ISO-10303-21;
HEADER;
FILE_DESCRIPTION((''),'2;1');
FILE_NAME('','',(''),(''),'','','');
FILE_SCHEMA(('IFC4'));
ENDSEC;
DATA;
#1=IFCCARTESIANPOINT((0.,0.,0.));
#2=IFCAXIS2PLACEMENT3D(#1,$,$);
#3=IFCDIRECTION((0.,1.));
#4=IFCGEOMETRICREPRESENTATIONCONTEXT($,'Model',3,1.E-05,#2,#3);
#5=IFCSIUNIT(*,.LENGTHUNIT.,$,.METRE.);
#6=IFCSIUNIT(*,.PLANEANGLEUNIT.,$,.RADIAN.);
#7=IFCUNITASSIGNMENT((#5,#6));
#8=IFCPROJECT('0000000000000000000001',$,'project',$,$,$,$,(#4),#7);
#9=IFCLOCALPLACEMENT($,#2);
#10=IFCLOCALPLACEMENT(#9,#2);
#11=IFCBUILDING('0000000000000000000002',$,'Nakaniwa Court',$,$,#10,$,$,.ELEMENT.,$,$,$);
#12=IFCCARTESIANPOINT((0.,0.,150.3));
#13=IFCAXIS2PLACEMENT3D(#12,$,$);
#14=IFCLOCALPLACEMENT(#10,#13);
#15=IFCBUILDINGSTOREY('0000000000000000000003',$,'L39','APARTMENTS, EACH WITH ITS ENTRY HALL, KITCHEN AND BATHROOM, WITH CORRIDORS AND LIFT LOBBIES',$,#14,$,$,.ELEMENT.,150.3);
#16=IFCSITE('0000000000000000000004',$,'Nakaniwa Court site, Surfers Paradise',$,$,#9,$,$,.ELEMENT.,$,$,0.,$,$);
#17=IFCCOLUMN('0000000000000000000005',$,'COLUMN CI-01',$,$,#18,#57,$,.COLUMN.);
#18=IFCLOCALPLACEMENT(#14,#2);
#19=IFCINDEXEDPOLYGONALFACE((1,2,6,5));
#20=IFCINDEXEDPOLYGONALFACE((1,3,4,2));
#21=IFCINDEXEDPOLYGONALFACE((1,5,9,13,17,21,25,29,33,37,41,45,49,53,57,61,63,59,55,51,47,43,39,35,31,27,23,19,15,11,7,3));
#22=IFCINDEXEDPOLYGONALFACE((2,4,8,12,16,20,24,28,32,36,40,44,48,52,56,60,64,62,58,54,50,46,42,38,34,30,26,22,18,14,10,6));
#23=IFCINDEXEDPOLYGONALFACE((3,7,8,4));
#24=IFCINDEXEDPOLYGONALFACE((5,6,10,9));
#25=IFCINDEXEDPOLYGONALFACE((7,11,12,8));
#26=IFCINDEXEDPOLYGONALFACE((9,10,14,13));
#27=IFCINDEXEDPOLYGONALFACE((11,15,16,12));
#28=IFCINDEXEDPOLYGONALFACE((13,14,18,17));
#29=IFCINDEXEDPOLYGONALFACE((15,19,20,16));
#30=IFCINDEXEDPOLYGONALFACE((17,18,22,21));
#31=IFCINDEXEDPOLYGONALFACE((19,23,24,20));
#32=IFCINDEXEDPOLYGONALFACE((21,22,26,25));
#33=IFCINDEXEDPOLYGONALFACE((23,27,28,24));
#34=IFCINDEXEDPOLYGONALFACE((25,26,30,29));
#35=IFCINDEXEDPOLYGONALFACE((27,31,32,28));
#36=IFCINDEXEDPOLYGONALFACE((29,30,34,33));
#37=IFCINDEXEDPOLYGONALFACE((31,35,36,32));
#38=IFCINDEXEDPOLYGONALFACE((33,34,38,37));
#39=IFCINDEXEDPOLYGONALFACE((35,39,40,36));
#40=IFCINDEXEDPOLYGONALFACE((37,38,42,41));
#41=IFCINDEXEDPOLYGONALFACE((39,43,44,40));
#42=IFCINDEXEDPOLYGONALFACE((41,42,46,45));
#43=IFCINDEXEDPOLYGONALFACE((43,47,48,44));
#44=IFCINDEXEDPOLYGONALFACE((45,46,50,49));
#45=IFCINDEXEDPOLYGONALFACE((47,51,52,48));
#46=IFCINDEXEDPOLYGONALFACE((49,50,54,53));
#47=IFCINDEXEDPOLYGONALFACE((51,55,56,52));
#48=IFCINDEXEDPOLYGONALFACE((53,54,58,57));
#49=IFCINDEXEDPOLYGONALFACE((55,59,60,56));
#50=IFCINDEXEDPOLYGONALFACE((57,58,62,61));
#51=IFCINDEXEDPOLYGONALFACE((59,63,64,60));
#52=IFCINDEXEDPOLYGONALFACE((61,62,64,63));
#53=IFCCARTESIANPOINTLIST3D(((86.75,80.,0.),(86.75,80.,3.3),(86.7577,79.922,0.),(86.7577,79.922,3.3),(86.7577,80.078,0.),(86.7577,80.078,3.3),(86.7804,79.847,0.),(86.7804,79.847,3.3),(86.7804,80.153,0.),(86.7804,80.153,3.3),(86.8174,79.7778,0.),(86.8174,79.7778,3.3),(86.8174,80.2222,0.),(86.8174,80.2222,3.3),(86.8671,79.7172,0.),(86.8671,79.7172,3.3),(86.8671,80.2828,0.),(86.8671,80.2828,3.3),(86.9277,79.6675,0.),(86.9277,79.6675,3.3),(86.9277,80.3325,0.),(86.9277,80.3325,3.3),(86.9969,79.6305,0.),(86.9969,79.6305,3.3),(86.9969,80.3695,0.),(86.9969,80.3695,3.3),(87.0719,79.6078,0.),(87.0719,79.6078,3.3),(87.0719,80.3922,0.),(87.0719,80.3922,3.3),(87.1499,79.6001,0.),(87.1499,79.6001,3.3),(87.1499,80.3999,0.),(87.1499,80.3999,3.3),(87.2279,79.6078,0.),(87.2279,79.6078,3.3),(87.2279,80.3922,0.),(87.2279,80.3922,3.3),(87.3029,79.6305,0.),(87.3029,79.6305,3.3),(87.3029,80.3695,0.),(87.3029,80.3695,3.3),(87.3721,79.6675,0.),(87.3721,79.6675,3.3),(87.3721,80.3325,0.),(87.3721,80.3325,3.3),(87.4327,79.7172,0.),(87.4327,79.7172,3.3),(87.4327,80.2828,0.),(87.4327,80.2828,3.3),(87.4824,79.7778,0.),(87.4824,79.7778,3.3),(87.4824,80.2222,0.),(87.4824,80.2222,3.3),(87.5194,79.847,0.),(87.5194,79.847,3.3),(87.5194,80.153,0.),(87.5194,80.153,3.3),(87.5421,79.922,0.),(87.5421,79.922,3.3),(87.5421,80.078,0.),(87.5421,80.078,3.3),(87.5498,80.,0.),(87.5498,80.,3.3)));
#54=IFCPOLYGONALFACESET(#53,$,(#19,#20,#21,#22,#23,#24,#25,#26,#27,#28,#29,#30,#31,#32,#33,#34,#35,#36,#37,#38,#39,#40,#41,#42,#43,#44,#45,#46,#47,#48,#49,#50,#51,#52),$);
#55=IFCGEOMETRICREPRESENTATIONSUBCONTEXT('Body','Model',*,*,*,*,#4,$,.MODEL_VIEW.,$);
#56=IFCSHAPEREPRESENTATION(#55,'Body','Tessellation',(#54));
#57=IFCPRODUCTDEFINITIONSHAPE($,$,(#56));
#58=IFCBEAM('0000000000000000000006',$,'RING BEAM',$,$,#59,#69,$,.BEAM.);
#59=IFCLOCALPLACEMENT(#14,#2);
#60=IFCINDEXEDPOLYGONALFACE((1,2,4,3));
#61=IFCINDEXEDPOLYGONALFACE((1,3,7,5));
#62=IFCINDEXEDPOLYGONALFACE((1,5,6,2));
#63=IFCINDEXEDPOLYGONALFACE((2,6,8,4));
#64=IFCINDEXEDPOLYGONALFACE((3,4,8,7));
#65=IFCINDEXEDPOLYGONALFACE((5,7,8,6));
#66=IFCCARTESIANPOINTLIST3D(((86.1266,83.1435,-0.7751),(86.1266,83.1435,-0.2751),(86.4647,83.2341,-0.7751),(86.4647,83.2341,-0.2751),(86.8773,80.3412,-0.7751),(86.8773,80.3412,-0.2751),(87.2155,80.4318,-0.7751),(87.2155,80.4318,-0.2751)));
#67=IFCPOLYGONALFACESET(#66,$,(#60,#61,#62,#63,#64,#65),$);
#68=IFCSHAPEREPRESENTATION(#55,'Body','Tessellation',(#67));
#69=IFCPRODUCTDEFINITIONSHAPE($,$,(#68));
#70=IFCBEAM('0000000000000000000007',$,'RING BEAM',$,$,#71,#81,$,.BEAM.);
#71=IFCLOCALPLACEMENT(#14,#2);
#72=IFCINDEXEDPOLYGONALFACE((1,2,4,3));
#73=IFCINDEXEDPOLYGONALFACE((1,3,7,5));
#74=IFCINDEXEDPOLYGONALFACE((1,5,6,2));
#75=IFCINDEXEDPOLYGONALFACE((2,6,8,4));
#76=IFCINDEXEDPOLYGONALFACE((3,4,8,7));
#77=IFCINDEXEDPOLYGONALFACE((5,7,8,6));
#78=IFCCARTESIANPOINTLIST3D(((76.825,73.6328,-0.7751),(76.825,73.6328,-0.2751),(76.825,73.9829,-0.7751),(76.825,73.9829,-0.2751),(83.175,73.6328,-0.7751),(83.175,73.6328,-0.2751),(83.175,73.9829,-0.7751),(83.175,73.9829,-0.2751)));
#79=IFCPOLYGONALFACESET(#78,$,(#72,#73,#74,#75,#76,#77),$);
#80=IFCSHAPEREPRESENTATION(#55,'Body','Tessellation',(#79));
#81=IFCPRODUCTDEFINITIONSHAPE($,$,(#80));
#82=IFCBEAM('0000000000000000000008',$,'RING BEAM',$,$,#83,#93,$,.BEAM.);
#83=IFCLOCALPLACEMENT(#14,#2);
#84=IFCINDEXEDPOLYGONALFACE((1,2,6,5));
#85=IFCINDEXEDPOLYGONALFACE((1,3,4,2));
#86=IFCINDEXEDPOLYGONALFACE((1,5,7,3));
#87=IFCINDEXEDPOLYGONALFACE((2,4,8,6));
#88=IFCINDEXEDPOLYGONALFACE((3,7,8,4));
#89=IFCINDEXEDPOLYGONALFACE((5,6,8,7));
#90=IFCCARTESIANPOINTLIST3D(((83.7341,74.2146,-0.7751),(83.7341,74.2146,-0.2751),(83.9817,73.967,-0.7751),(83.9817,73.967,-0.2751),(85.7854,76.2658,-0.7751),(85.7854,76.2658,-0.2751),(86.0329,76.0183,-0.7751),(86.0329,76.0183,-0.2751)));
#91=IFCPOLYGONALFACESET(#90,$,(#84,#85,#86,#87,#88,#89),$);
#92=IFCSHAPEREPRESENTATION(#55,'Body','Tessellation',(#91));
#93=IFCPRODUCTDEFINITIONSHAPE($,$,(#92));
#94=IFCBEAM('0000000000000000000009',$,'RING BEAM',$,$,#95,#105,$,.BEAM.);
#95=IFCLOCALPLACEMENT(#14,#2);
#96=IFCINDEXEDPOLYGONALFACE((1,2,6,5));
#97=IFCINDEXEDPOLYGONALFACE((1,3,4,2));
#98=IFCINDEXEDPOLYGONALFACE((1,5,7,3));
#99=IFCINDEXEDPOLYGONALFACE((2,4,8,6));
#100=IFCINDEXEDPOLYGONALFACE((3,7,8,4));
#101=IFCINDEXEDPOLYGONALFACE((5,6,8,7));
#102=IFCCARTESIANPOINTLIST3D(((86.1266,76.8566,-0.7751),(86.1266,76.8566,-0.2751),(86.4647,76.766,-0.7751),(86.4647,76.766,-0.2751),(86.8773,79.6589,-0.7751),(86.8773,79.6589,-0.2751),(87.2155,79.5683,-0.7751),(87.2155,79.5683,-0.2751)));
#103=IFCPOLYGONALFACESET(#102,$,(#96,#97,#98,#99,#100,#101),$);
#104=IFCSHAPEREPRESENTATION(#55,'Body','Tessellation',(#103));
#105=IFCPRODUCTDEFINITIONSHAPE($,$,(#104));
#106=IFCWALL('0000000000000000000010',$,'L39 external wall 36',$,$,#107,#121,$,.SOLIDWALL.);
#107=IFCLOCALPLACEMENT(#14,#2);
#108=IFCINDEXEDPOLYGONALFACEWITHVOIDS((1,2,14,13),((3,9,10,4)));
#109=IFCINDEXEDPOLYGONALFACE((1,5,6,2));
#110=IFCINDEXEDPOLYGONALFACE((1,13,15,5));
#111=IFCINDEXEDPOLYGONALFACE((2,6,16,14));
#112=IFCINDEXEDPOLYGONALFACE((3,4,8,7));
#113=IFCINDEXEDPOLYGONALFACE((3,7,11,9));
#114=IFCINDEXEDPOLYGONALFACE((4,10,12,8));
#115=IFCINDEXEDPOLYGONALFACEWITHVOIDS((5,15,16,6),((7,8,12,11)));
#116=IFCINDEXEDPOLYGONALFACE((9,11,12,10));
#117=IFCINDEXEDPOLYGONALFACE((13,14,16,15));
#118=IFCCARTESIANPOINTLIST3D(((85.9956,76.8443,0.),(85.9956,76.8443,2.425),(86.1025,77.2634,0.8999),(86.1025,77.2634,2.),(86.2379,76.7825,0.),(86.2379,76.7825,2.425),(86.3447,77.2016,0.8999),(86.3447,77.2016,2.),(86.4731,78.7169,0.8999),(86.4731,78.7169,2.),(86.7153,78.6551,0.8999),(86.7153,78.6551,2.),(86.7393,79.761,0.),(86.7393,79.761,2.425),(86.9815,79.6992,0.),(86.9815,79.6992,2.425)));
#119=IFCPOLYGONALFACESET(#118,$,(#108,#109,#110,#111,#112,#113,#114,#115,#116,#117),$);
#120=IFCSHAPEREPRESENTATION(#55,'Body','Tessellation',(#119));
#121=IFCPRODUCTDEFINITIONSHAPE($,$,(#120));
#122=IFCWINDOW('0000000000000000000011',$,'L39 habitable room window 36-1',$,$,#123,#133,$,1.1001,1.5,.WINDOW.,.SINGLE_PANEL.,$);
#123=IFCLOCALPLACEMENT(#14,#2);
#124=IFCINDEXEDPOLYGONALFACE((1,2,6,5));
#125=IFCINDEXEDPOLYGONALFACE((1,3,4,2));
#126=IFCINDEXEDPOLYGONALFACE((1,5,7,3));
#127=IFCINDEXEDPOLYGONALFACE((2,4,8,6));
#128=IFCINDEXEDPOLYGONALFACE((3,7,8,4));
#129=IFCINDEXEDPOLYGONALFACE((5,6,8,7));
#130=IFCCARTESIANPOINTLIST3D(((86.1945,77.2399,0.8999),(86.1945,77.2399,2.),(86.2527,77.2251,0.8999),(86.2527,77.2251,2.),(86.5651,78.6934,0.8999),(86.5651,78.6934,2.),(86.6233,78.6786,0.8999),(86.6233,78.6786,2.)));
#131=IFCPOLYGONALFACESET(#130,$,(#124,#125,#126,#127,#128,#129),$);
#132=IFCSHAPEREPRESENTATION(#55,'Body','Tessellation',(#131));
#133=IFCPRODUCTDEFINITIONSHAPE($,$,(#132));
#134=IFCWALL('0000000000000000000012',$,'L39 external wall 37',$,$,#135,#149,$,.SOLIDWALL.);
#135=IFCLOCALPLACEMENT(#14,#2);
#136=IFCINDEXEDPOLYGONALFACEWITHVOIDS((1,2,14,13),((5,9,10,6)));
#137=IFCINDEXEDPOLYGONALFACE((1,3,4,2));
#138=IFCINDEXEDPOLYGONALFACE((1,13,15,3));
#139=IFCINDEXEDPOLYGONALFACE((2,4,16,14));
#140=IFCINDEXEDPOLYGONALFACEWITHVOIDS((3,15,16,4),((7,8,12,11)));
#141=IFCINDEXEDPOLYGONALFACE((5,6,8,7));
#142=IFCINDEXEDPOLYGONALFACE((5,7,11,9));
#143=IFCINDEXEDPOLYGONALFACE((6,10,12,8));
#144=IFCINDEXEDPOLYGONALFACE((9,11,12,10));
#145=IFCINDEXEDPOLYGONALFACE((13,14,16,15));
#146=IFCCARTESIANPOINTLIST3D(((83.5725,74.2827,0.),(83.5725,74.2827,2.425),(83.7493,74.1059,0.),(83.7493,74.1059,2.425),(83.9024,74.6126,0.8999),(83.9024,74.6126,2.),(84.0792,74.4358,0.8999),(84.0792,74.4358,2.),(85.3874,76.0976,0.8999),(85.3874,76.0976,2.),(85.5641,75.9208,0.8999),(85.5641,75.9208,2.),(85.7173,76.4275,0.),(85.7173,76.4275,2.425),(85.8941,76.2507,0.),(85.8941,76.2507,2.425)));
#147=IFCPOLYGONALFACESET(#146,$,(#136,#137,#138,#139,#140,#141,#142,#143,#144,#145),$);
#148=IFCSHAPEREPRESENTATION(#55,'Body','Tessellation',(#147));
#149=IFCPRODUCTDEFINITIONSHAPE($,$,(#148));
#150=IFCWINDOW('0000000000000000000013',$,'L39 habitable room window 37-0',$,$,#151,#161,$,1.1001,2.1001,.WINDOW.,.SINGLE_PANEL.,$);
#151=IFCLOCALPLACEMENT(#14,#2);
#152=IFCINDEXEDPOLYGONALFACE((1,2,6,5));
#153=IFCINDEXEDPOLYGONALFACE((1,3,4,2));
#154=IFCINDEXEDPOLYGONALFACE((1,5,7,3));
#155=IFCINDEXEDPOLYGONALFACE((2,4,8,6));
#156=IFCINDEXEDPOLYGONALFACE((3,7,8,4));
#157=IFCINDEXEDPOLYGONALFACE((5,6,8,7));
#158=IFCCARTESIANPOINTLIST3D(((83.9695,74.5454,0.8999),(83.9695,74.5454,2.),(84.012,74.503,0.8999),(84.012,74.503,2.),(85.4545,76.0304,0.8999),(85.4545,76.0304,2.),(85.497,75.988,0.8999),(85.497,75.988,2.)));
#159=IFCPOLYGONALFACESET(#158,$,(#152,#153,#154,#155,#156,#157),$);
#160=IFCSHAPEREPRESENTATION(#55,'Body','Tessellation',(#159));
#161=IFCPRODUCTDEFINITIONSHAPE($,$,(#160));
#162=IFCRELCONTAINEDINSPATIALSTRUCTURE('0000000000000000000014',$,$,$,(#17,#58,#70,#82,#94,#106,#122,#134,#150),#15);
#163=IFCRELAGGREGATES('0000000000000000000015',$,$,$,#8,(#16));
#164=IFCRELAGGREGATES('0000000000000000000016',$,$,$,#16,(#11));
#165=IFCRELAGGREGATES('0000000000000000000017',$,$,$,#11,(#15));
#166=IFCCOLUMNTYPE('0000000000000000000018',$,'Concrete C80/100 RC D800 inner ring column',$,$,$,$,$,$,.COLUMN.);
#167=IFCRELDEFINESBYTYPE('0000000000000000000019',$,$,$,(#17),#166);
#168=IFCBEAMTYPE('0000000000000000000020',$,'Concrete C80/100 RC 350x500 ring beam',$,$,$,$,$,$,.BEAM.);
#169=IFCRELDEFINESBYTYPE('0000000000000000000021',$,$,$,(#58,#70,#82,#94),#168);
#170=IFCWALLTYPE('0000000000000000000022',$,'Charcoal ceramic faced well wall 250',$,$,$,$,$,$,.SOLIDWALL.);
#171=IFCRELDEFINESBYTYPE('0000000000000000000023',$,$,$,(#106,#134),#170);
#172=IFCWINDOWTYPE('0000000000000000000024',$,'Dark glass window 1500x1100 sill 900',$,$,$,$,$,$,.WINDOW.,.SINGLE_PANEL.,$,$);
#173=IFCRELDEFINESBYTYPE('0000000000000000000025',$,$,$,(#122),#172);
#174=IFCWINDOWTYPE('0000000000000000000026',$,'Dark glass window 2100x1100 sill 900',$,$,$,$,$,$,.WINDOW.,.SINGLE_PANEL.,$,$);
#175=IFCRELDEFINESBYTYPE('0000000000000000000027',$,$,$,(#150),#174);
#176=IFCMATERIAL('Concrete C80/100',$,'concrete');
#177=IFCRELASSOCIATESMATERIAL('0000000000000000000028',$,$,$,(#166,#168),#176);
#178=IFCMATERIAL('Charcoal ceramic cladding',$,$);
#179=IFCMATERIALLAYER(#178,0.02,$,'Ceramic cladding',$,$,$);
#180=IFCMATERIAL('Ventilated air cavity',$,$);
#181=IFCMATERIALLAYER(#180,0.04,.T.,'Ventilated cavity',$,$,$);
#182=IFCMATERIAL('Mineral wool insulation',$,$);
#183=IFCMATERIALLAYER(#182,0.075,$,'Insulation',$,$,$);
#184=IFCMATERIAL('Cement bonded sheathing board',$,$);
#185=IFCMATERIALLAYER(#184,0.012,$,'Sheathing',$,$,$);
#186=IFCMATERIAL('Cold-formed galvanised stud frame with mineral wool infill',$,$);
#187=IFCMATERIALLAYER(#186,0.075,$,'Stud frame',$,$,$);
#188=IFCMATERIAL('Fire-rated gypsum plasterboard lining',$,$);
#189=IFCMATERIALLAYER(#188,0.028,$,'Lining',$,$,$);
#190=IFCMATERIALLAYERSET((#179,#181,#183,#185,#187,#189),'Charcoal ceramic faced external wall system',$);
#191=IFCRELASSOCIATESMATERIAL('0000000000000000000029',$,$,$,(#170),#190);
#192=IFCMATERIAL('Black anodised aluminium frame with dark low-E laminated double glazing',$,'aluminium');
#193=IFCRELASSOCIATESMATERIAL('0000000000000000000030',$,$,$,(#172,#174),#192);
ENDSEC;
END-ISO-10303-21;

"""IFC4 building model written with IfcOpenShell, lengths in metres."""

from ifc_helpers import new_model, si_unit, direction, frame, frame_2d, origin, origin_2d, place, context, subcontext, project, spatial, rectangle, circle, extrude, material, layer, layer_set, material_profile, profile_set, type_object, element, fill, save


model = new_model("IFC4")

# Units and contexts
model_context = context("Model", 3, precision=1e-05, world=origin(), true_north=direction((0.0, 1.0)))
body_context = subcontext(model_context, "Body", "Model", "MODEL_VIEW")
ifc_project = project(units=[si_unit("LENGTHUNIT", "METRE"), si_unit("PLANEANGLEUNIT", "RADIAN")], contexts=[model_context])

# Site, building, storey
site_placement = place(None, origin())
site = spatial("IfcSite", under=ifc_project, at=site_placement, Name="Nakaniwa Court site, Surfers Paradise", CompositionType="ELEMENT", RefElevation=0.0)
building_placement = place(site_placement, origin())
building = spatial("IfcBuilding", under=site, at=building_placement, Name="Nakaniwa Court", CompositionType="ELEMENT")
storey_placement = place(building_placement, frame((0.0, 0.0, 150.3)))
storey = spatial("IfcBuildingStorey", under=building, at=storey_placement, Name="L39", Description="APARTMENTS, EACH WITH ITS ENTRY HALL, KITCHEN AND BATHROOM, WITH CORRIDORS AND LIFT LOBBIES", CompositionType="ELEMENT", Elevation=150.3)

# Column
ifc_material_1 = material(Name="Concrete C80/100", Category="concrete")
ifc_material_profile_1 = material_profile(ifc_material_1, circle(Radius=0.3999, at=origin_2d()), Name="Concrete C80/100 RC D800 inner ring column")
ifc_profile_set_1 = profile_set([ifc_material_profile_1], Name="Concrete C80/100")
column_type = type_object("IfcColumnType", Name="Concrete C80/100 RC D800 inner ring column", PredefinedType="COLUMN", material=ifc_profile_set_1)
for number, where, z_axis, x_axis, name in (
    (1, (87.1499, 80.0, 0.0), (0.0, 0.0, 1.0), (0.0, 1.0, 0.0), "COLUMN CI-01"),
):
    element("IfcColumn", number, at=place(storey_placement, frame(where, z_axis=z_axis, x_axis=x_axis)), inside=storey, type_object=column_type, Name=name, PredefinedType="COLUMN", context=body_context, shape_type="SweptSolid", body=[
        extrude(circle(Radius=0.3999, at=origin_2d()), origin(), (0.0, 0.0, 1.0), 3.3),
    ])

# Beams
ifc_material_profile_2 = material_profile(ifc_material_1, rectangle(XDim=0.3501, YDim=0.5, at=origin_2d()), Name="Concrete C80/100 RC 350x500 ring beam")
ifc_profile_set_2 = profile_set([ifc_material_profile_2], Name="Concrete C80/100")
beam_type = type_object("IfcBeamType", Name="Concrete C80/100 RC 350x500 ring beam", PredefinedType="BEAM", material=ifc_profile_set_2)
beam_1_placement = place(storey_placement, frame((87.0464, 80.3865, -0.5251), z_axis=(-0.258778, 0.965937, 0.0), x_axis=(-0.965937, -0.258778, 0.0)))
element("IfcBeam", 2, at=beam_1_placement, inside=storey, type_object=beam_type, Name="RING BEAM", PredefinedType="BEAM", context=body_context, shape_type="SweptSolid", body=[
    extrude(rectangle(XDim=0.3501, YDim=0.5, at=origin_2d()), origin(), (0.0, 0.0, 1.0), 2.9011),
])
beam_2_placement = place(storey_placement, frame((76.825, 73.8079, -0.5251), z_axis=(1.0, 0.0, 0.0), x_axis=(0.0, 1.0, 0.0)))
element("IfcBeam", 3, at=beam_2_placement, inside=storey, type_object=beam_type, Name="RING BEAM", PredefinedType="BEAM", context=body_context, shape_type="SweptSolid", body=[
    extrude(rectangle(XDim=0.3501, YDim=0.5, at=origin_2d()), origin(), (0.0, 0.0, 1.0), 6.3501),
])
beam_3_placement = place(storey_placement, frame((83.8579, 74.0908, -0.5251), z_axis=(0.707107, 0.707107, 0.0), x_axis=(-0.707107, 0.707107, 0.0)))
element("IfcBeam", 4, at=beam_3_placement, inside=storey, type_object=beam_type, Name="RING BEAM", PredefinedType="BEAM", context=body_context, shape_type="SweptSolid", body=[
    extrude(rectangle(XDim=0.3501, YDim=0.5, at=origin_2d()), origin(), (0.0, 0.0, 1.0), 2.9009),
])
beam_4_placement = place(storey_placement, frame((86.2957, 76.8113, -0.5251), z_axis=(0.258778, 0.965937, 0.0), x_axis=(-0.965937, 0.258778, 0.0)))
element("IfcBeam", 5, at=beam_4_placement, inside=storey, type_object=beam_type, Name="RING BEAM", PredefinedType="BEAM", context=body_context, shape_type="SweptSolid", body=[
    extrude(rectangle(XDim=0.3501, YDim=0.5, at=origin_2d()), origin(), (0.0, 0.0, 1.0), 2.9011),
])

# Walls, openings, windows
ifc_material_2 = material(Name="Charcoal ceramic cladding")
ifc_layer_1 = layer(ifc_material_2, 0.02, Name="Ceramic cladding")
ifc_material_3 = material(Name="Ventilated air cavity")
ifc_layer_2 = layer(ifc_material_3, 0.04, ventilated=True, Name="Ventilated cavity")
ifc_material_4 = material(Name="Mineral wool insulation")
ifc_layer_3 = layer(ifc_material_4, 0.075, Name="Insulation")
ifc_material_5 = material(Name="Cement bonded sheathing board")
ifc_layer_4 = layer(ifc_material_5, 0.012, Name="Sheathing")
ifc_material_6 = material(Name="Cold-formed galvanised stud frame with mineral wool infill")
ifc_layer_5 = layer(ifc_material_6, 0.075, Name="Stud frame")
ifc_material_7 = material(Name="Fire-rated gypsum plasterboard lining")
ifc_layer_6 = layer(ifc_material_7, 0.028, Name="Lining")
ifc_layer_set_1 = layer_set([ifc_layer_1, ifc_layer_2, ifc_layer_3, ifc_layer_4, ifc_layer_5, ifc_layer_6], Name="Charcoal ceramic faced external wall system")
wall_type_1 = type_object("IfcWallType", Name="Charcoal ceramic faced well wall 250", PredefinedType="SOLIDWALL", material=ifc_layer_set_1)
wall_1_placement = place(storey_placement, frame((86.8604, 79.73, 0.0), z_axis=(0.0, 0.0, 1.0), x_axis=(-0.247056, -0.969001, 0.0)))
wall_1 = element("IfcWall", 6, at=wall_1_placement, inside=storey, type_object=wall_type_1, Name="L39 external wall 36", PredefinedType="SOLIDWALL", context=body_context, shape_type="SweptSolid", body=[
    extrude(rectangle(XDim=3.01, YDim=0.25, at=frame_2d((1.5049, 0.0))), origin(), (0.0, 0.0, 1.0), 2.425),
])
opening_1_placement = place(wall_1_placement, frame((1.0774, 0.0, 0.8999)))
opening_1 = element("IfcOpeningElement", 7, at=opening_1_placement, cuts=wall_1, PredefinedType="OPENING", context=body_context, shape_type="SweptSolid", body=[
    extrude(rectangle(XDim=1.5, YDim=1.1001, at=frame_2d((0.75, 0.55))), frame((0.0, 0.135, 0.0), z_axis=(0.0, -1.0, 0.0), x_axis=(1.0, 0.0, 0.0)), (0.0, 0.0, 1.0), 0.27),
])
ifc_material_8 = material(Name="Black anodised aluminium frame with dark low-E laminated double glazing", Category="aluminium")
window_type_1 = type_object("IfcWindowType", Name="Dark glass window 1500x1100 sill 900", PartitioningType="SINGLE_PANEL", PredefinedType="WINDOW", material=ifc_material_8)
window_1_placement = place(opening_1_placement, origin())
window_1 = element("IfcWindow", 8, at=window_1_placement, inside=storey, type_object=window_type_1, Name="L39 habitable room window 36-1", OverallHeight=1.1001, OverallWidth=1.5, PartitioningType="SINGLE_PANEL", PredefinedType="WINDOW", context=body_context, shape_type="SweptSolid", body=[
    extrude(rectangle(XDim=1.5, YDim=1.1001, at=frame_2d((0.75, 0.55))), frame((0.0, 0.03, 0.0), z_axis=(0.0, -1.0, 0.0), x_axis=(1.0, 0.0, 0.0)), (0.0, 0.0, 1.0), 0.0601),
])
fill(opening_1, window_1)
wall_2_placement = place(storey_placement, frame((85.8057, 76.3391, 0.0), z_axis=(0.0, 0.0, 1.0), x_axis=(-0.707107, -0.707107, 0.0)))
wall_2 = element("IfcWall", 9, at=wall_2_placement, inside=storey, type_object=wall_type_1, Name="L39 external wall 37", PredefinedType="SOLIDWALL", context=body_context, shape_type="SweptSolid", body=[
    extrude(rectangle(XDim=3.0332, YDim=0.25, at=frame_2d((1.5166, 0.0))), origin(), (0.0, 0.0, 1.0), 2.425),
])
opening_2_placement = place(wall_2_placement, frame((0.4666, 0.0, 0.8999)))
opening_2 = element("IfcOpeningElement", 10, at=opening_2_placement, cuts=wall_2, PredefinedType="OPENING", context=body_context, shape_type="SweptSolid", body=[
    extrude(rectangle(XDim=2.1001, YDim=1.1001, at=frame_2d((1.05, 0.55))), frame((0.0, 0.135, 0.0), z_axis=(0.0, -1.0, 0.0), x_axis=(1.0, 0.0, 0.0)), (0.0, 0.0, 1.0), 0.27),
])
window_type_2 = type_object("IfcWindowType", Name="Dark glass window 2100x1100 sill 900", PartitioningType="SINGLE_PANEL", PredefinedType="WINDOW", material=ifc_material_8)
window_2_placement = place(opening_2_placement, origin())
window_2 = element("IfcWindow", 11, at=window_2_placement, inside=storey, type_object=window_type_2, Name="L39 habitable room window 37-0", OverallHeight=1.1001, OverallWidth=2.1001, PartitioningType="SINGLE_PANEL", PredefinedType="WINDOW", context=body_context, shape_type="SweptSolid", body=[
    extrude(rectangle(XDim=2.1001, YDim=1.1001, at=frame_2d((1.05, 0.55))), frame((0.0, 0.03, 0.0), z_axis=(0.0, -1.0, 0.0), x_axis=(1.0, 0.0, 0.0)), (0.0, 0.0, 1.0), 0.0601),
])
fill(opening_2, window_2)

save(model, "model.ifc")
